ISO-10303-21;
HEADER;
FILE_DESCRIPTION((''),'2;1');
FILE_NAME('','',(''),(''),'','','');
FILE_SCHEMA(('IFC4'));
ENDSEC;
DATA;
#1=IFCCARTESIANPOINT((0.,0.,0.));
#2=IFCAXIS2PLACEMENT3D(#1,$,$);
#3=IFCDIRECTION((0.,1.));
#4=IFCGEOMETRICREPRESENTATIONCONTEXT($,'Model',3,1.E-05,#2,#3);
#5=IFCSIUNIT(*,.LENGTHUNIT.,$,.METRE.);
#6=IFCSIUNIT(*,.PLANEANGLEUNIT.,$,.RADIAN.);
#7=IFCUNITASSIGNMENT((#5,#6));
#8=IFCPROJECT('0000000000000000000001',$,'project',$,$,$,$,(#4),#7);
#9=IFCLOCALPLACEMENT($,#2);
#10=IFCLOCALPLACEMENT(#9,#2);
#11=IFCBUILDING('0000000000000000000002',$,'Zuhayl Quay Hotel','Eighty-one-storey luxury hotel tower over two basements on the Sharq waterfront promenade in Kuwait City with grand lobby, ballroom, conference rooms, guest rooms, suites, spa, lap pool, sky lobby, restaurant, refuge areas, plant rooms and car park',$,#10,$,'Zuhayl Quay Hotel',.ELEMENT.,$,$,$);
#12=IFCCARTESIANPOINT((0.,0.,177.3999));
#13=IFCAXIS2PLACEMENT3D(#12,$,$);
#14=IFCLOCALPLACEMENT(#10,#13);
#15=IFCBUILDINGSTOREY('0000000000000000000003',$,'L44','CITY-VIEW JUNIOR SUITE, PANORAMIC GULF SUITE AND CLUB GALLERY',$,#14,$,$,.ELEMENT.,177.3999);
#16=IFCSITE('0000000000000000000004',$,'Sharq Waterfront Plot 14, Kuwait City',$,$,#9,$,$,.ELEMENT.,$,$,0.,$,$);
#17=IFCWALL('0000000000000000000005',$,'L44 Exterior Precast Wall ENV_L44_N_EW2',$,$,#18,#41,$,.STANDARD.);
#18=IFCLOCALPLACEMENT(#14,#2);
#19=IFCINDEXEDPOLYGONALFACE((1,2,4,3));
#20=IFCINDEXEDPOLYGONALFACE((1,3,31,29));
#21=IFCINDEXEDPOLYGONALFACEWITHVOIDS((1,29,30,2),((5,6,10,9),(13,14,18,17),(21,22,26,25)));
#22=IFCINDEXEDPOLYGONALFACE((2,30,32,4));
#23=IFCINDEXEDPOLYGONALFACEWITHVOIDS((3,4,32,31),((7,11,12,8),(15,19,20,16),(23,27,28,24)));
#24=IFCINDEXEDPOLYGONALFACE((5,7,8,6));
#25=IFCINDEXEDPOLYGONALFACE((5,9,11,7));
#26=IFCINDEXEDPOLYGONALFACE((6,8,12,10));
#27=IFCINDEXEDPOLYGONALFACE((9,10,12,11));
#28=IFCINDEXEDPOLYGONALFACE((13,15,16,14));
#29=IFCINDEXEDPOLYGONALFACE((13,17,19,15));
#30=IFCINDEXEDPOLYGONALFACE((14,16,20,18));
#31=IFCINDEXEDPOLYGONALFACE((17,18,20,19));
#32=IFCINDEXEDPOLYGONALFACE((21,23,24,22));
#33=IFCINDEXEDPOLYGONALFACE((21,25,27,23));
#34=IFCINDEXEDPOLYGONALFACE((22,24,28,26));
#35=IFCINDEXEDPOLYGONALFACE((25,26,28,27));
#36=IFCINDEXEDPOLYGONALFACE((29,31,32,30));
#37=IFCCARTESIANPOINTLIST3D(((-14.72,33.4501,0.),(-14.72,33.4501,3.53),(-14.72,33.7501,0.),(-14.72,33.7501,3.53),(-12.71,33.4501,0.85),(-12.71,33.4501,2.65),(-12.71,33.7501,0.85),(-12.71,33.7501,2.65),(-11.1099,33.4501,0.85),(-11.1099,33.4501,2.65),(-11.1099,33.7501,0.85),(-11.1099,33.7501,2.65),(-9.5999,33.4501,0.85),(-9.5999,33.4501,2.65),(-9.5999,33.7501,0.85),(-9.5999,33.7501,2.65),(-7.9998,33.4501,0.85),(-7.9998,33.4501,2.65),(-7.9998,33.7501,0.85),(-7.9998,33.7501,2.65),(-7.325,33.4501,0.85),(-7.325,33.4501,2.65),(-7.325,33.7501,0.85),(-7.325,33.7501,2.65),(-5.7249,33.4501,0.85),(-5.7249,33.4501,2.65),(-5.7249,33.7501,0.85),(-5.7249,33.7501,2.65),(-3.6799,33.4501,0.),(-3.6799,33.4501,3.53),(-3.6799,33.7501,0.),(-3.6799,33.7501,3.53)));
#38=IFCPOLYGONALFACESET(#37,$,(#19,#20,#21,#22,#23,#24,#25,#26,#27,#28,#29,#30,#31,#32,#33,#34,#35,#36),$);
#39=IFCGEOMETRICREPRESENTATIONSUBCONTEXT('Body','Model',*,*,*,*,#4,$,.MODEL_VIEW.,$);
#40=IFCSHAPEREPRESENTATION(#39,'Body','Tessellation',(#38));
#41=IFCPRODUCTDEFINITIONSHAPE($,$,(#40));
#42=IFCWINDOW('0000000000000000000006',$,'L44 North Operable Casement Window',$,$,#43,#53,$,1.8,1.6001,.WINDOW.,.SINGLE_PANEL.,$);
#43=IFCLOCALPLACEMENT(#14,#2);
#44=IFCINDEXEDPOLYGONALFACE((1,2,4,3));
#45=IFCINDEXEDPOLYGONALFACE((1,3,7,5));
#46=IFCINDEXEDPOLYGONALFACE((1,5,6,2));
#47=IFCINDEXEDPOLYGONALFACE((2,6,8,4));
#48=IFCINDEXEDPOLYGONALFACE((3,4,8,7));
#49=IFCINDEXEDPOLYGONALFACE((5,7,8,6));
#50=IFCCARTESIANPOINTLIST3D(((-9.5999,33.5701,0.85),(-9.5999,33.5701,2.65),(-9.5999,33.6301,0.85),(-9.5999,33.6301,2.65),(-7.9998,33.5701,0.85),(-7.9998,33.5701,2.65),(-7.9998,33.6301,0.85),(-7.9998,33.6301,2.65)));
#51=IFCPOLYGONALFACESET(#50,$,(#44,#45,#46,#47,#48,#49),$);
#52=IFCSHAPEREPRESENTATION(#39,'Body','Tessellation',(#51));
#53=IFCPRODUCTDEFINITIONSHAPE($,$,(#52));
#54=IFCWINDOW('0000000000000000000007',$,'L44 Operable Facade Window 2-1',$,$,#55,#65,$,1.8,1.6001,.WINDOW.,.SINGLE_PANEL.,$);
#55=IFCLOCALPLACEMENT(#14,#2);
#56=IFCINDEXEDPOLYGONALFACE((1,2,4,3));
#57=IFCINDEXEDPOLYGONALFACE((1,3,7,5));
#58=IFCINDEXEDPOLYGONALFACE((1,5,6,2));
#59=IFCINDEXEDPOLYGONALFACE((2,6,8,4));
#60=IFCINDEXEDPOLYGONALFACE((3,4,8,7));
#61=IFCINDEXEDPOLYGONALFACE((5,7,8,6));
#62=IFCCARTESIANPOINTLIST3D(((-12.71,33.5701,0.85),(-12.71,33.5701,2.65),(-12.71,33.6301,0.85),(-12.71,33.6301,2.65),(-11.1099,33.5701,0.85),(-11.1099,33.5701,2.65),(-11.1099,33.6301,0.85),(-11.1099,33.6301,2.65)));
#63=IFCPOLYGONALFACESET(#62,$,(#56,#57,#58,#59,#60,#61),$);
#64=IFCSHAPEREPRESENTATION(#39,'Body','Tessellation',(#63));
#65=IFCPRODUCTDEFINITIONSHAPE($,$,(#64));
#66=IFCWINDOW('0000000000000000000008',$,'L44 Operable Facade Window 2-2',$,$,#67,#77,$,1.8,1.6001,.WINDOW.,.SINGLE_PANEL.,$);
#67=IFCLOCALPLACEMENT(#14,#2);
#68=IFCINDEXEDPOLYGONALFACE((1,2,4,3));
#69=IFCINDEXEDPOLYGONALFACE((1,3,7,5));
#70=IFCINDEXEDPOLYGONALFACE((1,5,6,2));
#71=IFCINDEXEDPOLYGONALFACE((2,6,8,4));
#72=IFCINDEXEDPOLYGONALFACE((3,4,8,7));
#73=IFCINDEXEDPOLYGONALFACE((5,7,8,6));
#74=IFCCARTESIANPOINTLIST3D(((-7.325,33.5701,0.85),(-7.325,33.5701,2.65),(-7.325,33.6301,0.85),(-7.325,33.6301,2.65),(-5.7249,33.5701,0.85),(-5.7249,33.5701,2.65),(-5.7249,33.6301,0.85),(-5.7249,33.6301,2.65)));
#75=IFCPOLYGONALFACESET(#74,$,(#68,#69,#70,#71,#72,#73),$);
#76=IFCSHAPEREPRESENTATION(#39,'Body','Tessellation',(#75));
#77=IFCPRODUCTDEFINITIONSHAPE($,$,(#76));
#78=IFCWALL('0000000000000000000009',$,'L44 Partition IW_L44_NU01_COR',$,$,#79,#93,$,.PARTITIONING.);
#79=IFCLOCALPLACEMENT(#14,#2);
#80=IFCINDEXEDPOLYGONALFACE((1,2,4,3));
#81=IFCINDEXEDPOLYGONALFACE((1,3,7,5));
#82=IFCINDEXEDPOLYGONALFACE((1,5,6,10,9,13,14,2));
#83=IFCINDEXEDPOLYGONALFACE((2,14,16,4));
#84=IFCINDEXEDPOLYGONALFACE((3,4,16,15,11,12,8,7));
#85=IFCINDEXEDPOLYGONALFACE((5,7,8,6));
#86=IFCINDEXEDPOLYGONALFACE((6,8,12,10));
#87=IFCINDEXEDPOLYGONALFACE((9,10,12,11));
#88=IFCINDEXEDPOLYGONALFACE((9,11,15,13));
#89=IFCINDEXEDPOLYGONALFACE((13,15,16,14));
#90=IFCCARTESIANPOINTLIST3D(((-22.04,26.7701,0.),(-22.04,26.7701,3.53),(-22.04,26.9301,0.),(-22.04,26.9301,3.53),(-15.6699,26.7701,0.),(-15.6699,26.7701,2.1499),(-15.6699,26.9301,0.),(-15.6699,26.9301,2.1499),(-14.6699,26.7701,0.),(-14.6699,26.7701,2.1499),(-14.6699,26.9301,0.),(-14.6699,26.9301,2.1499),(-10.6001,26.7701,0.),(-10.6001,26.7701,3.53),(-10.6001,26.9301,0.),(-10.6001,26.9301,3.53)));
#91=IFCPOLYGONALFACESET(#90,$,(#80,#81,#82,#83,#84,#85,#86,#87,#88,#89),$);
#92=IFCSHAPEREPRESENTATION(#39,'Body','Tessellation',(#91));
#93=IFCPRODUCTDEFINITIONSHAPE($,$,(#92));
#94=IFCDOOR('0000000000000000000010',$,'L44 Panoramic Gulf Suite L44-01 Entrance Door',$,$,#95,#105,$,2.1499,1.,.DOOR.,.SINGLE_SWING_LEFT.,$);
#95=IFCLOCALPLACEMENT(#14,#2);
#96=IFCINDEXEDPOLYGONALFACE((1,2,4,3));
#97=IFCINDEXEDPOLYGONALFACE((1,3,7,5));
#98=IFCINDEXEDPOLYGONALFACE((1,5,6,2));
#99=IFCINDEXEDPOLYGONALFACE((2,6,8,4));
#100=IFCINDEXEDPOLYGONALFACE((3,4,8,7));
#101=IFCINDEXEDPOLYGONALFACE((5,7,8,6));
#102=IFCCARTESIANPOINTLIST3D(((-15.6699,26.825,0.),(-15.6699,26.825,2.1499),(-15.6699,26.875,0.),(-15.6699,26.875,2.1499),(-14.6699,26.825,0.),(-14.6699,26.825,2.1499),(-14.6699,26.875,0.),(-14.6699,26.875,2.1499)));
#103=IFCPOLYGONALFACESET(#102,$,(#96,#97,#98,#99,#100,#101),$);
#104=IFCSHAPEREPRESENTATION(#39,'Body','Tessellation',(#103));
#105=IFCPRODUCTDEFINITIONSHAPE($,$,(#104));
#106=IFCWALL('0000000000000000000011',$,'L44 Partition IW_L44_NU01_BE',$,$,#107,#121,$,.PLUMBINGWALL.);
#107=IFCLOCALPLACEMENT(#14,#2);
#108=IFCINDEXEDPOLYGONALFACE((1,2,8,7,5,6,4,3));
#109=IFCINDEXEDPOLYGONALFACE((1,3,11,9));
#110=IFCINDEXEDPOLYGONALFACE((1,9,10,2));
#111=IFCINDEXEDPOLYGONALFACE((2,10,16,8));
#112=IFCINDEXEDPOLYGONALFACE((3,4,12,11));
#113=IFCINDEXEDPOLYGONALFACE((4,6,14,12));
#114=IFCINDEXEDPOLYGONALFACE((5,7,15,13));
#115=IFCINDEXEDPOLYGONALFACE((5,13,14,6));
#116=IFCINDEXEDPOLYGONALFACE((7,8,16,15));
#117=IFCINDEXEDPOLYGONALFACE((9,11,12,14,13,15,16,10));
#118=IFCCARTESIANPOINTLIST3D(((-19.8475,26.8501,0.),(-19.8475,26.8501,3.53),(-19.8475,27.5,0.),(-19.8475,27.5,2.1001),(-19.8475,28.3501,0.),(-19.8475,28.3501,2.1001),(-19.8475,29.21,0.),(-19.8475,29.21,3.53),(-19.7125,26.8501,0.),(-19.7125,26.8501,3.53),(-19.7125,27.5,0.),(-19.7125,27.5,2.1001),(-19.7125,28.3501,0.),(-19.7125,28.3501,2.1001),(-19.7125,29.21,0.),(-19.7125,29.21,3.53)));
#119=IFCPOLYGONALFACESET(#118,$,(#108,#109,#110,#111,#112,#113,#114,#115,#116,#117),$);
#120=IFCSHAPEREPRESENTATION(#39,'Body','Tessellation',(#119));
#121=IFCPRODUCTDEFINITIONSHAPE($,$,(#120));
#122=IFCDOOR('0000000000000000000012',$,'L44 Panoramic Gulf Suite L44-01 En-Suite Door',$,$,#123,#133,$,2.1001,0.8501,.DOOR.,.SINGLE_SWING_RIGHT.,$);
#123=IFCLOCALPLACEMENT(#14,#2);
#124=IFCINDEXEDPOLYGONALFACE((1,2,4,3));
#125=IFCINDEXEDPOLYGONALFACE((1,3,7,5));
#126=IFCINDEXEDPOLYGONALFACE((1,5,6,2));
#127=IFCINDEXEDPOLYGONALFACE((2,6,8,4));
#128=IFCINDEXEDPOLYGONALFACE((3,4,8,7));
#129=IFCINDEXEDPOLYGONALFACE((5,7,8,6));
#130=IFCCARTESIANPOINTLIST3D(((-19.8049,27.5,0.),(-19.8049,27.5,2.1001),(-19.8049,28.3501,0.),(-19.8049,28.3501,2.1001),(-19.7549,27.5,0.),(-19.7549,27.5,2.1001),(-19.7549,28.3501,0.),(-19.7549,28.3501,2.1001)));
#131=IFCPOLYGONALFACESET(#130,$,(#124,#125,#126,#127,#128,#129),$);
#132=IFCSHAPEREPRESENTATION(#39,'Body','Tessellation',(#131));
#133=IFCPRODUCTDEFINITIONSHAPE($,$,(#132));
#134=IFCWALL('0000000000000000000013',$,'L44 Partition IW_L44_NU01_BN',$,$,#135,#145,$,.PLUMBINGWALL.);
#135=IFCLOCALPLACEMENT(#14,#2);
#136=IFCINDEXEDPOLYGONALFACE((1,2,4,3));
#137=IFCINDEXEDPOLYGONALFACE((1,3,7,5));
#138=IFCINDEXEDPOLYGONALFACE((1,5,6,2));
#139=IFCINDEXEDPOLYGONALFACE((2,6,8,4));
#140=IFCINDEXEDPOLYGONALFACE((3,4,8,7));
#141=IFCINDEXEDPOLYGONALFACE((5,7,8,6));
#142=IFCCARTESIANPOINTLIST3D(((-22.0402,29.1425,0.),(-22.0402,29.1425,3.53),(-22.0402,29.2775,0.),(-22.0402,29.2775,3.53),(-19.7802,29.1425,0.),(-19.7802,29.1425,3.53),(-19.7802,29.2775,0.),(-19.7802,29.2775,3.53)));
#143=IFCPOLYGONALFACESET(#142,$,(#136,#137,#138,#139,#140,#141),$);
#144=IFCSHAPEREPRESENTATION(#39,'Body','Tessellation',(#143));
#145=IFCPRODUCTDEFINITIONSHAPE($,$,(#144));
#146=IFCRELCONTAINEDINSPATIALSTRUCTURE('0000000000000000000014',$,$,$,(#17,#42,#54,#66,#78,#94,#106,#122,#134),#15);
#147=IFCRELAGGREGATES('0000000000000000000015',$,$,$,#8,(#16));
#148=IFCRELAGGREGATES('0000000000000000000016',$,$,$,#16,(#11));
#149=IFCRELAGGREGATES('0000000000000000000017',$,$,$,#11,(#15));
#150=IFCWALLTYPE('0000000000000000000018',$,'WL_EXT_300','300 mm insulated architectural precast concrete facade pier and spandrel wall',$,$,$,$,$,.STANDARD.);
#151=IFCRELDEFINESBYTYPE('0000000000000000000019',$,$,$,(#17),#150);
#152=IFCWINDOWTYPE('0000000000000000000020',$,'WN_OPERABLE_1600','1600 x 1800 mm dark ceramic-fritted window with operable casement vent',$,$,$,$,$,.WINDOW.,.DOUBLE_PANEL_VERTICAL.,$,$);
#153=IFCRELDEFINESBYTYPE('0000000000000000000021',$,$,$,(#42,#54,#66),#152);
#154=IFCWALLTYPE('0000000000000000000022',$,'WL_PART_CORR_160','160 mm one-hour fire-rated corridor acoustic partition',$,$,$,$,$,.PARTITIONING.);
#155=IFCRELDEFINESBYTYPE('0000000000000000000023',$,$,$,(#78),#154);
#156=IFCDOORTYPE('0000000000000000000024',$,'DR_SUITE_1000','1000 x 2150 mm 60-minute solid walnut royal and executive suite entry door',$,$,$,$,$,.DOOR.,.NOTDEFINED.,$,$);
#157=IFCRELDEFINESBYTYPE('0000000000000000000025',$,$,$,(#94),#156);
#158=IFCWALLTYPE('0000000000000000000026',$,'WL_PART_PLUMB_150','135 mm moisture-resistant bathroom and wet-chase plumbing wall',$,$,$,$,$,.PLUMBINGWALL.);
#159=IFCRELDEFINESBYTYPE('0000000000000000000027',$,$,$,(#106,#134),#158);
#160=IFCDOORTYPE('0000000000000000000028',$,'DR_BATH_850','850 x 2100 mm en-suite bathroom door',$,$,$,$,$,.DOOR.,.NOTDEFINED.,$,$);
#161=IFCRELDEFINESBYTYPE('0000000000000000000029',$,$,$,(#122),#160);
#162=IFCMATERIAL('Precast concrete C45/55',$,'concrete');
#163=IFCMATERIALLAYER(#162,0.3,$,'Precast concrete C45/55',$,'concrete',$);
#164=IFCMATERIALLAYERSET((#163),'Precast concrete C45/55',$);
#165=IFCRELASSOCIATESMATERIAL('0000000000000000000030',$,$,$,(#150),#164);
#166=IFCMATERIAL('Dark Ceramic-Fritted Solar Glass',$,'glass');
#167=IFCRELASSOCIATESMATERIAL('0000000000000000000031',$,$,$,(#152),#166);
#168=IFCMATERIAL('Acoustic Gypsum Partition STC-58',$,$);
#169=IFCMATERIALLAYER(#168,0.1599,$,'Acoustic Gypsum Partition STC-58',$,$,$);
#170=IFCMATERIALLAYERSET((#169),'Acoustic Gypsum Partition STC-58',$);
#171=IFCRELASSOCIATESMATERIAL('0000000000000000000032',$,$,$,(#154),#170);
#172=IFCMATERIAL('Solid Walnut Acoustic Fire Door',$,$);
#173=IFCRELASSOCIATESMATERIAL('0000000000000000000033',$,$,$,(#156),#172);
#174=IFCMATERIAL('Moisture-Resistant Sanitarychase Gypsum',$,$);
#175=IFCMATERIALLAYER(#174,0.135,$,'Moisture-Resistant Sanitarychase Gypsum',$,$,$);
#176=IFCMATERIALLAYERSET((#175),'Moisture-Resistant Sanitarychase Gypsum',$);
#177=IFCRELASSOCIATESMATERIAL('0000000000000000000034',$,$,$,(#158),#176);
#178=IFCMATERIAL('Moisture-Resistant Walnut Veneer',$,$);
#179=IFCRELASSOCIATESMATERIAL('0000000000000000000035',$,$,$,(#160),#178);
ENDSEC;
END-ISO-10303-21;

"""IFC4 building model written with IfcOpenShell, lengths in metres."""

from ifc_helpers import new_model, si_unit, direction, frame, frame_2d, origin, place, context, subcontext, project, spatial, rectangle, extrude, material, layer, layer_set, type_object, element, fill, save


model = new_model("IFC4")

# Units and contexts
model_context = context("Model", 3, precision=1e-05, world=origin(), true_north=direction((0.0, 1.0)))
body_context = subcontext(model_context, "Body", "Model", "MODEL_VIEW")
ifc_project = project(units=[si_unit("LENGTHUNIT", "METRE"), si_unit("PLANEANGLEUNIT", "RADIAN")], contexts=[model_context])

# Site, building, storey
site_placement = place(None, origin())
site = spatial("IfcSite", under=ifc_project, at=site_placement, Name="Sharq Waterfront Plot 14, Kuwait City", CompositionType="ELEMENT", RefElevation=0.0)
building_placement = place(site_placement, origin())
building = spatial("IfcBuilding", under=site, at=building_placement, Name="Zuhayl Quay Hotel", Description="Eighty-one-storey luxury hotel tower over two basements on the Sharq waterfront promenade in Kuwait City with grand lobby, ballroom, conference rooms, guest rooms, suites, spa, lap pool, sky lobby, restaurant, refuge areas, plant rooms and car park", LongName="Zuhayl Quay Hotel", CompositionType="ELEMENT")
storey_placement = place(building_placement, frame((0.0, 0.0, 177.3999)))
storey = spatial("IfcBuildingStorey", under=building, at=storey_placement, Name="L44", Description="CITY-VIEW JUNIOR SUITE, PANORAMIC GULF SUITE AND CLUB GALLERY", CompositionType="ELEMENT", Elevation=177.3999)

# Shared definitions
ifc_material_1 = material(Name="Dark Ceramic-Fritted Solar Glass", Category="glass")

# Shared definitions
ifc_material_2 = material(Name="Precast concrete C45/55", Category="concrete")
ifc_layer_1 = layer(ifc_material_2, 0.3, Name="Precast concrete C45/55", Category="concrete")
ifc_layer_set_1 = layer_set([ifc_layer_1], Name="Precast concrete C45/55")
wall_type_1 = type_object("IfcWallType", Name="WL_EXT_300", Description="300 mm insulated architectural precast concrete facade pier and spandrel wall", PredefinedType="STANDARD", material=ifc_layer_set_1)

# Wall, openings, windows
wall_1_placement = place(storey_placement, frame((-14.72, 33.6001, 0.0), z_axis=(0.0, 0.0, 1.0), x_axis=(1.0, 0.0, 0.0)))
wall_1 = element("IfcWall", 1, at=wall_1_placement, inside=storey, type_object=wall_type_1, Name="L44 Exterior Precast Wall ENV_L44_N_EW2", PredefinedType="STANDARD", context=body_context, shape_type="SweptSolid", body=[
    extrude(rectangle(XDim=11.04, YDim=0.3, at=frame_2d((5.52, 0.0))), origin(), (0.0, 0.0, 1.0), 3.53),
])
opening_1_placement = place(wall_1_placement, frame((5.1201, 0.0, 0.8501)))
opening_1 = element("IfcOpeningElement", 2, at=opening_1_placement, cuts=wall_1, PredefinedType="OPENING", context=body_context, shape_type="SweptSolid", body=[
    extrude(rectangle(XDim=1.6001, YDim=1.8, at=frame_2d((0.8, 0.8999))), frame((0.0, 0.1599, 0.0), z_axis=(0.0, -1.0, 0.0), x_axis=(1.0, 0.0, 0.0)), (0.0, 0.0, 1.0), 0.3201),
])
opening_2_placement = place(wall_1_placement, frame((2.01, 0.0, 0.8501)))
opening_2 = element("IfcOpeningElement", 3, at=opening_2_placement, cuts=wall_1, PredefinedType="OPENING", context=body_context, shape_type="SweptSolid", body=[
    extrude(rectangle(XDim=1.6001, YDim=1.8, at=frame_2d((0.8, 0.8999))), frame((0.0, 0.1599, 0.0), z_axis=(0.0, -1.0, 0.0), x_axis=(1.0, 0.0, 0.0)), (0.0, 0.0, 1.0), 0.3201),
])
opening_3_placement = place(wall_1_placement, frame((7.395, 0.0, 0.8501)))
opening_3 = element("IfcOpeningElement", 4, at=opening_3_placement, cuts=wall_1, PredefinedType="OPENING", context=body_context, shape_type="SweptSolid", body=[
    extrude(rectangle(XDim=1.6001, YDim=1.8, at=frame_2d((0.8, 0.8999))), frame((0.0, 0.1599, 0.0), z_axis=(0.0, -1.0, 0.0), x_axis=(1.0, 0.0, 0.0)), (0.0, 0.0, 1.0), 0.3201),
])
window_type_1 = type_object("IfcWindowType", Name="WN_OPERABLE_1600", Description="1600 x 1800 mm dark ceramic-fritted window with operable casement vent", PartitioningType="DOUBLE_PANEL_VERTICAL", PredefinedType="WINDOW", material=ifc_material_1)
window_1_placement = place(opening_1_placement, origin())
window_1 = element("IfcWindow", 5, at=window_1_placement, inside=storey, type_object=window_type_1, Name="L44 North Operable Casement Window", OverallHeight=1.8, OverallWidth=1.6001, PartitioningType="SINGLE_PANEL", PredefinedType="WINDOW", context=body_context, shape_type="SweptSolid", body=[
    extrude(rectangle(XDim=1.6001, YDim=1.8, at=frame_2d((0.8, 0.8999))), frame((0.0, 0.03, 0.0), z_axis=(0.0, -1.0, 0.0), x_axis=(1.0, 0.0, 0.0)), (0.0, 0.0, 1.0), 0.0601),
])
fill(opening_1, window_1)
window_2_placement = place(opening_2_placement, origin())
window_2 = element("IfcWindow", 6, at=window_2_placement, inside=storey, type_object=window_type_1, Name="L44 Operable Facade Window 2-1", OverallHeight=1.8, OverallWidth=1.6001, PartitioningType="SINGLE_PANEL", PredefinedType="WINDOW", context=body_context, shape_type="SweptSolid", body=[
    extrude(rectangle(XDim=1.6001, YDim=1.8, at=frame_2d((0.8, 0.8999))), frame((0.0, 0.03, 0.0), z_axis=(0.0, -1.0, 0.0), x_axis=(1.0, 0.0, 0.0)), (0.0, 0.0, 1.0), 0.0601),
])
fill(opening_2, window_2)
window_3_placement = place(opening_3_placement, origin())
window_3 = element("IfcWindow", 7, at=window_3_placement, inside=storey, type_object=window_type_1, Name="L44 Operable Facade Window 2-2", OverallHeight=1.8, OverallWidth=1.6001, PartitioningType="SINGLE_PANEL", PredefinedType="WINDOW", context=body_context, shape_type="SweptSolid", body=[
    extrude(rectangle(XDim=1.6001, YDim=1.8, at=frame_2d((0.8, 0.8999))), frame((0.0, 0.03, 0.0), z_axis=(0.0, -1.0, 0.0), x_axis=(1.0, 0.0, 0.0)), (0.0, 0.0, 1.0), 0.0601),
])
fill(opening_3, window_3)

# Walls, openings, doors
ifc_material_3 = material(Name="Acoustic Gypsum Partition STC-58")
ifc_layer_2 = layer(ifc_material_3, 0.1599, Name="Acoustic Gypsum Partition STC-58")
ifc_layer_set_2 = layer_set([ifc_layer_2], Name="Acoustic Gypsum Partition STC-58")
wall_type_2 = type_object("IfcWallType", Name="WL_PART_CORR_160", Description="160 mm one-hour fire-rated corridor acoustic partition", PredefinedType="PARTITIONING", material=ifc_layer_set_2)
wall_2_placement = place(storey_placement, frame((-22.04, 26.8501, 0.0), z_axis=(0.0, 0.0, 1.0), x_axis=(1.0, 0.0, 0.0)))
wall_2 = element("IfcWall", 8, at=wall_2_placement, inside=storey, type_object=wall_type_2, Name="L44 Partition IW_L44_NU01_COR", PredefinedType="PARTITIONING", context=body_context, shape_type="SweptSolid", body=[
    extrude(rectangle(XDim=11.4399, YDim=0.1599, at=frame_2d((5.72, 0.0))), origin(), (0.0, 0.0, 1.0), 3.53),
])
opening_4_placement = place(wall_2_placement, frame((6.3701, 0.0, 0.0)))
opening_4 = element("IfcOpeningElement", 9, at=opening_4_placement, cuts=wall_2, PredefinedType="OPENING", context=body_context, shape_type="SweptSolid", body=[
    extrude(rectangle(XDim=1.0, YDim=2.1499, at=frame_2d((0.5, 1.075))), frame((0.0, 0.0898, 0.0), z_axis=(0.0, -1.0, 0.0), x_axis=(1.0, 0.0, 0.0)), (0.0, 0.0, 1.0), 0.1799),
])
ifc_material_4 = material(Name="Solid Walnut Acoustic Fire Door")
door_type_1 = type_object("IfcDoorType", Name="DR_SUITE_1000", Description="1000 x 2150 mm 60-minute solid walnut royal and executive suite entry door", OperationType="NOTDEFINED", PredefinedType="DOOR", material=ifc_material_4)
door_1_placement = place(opening_4_placement, origin())
door_1 = element("IfcDoor", 10, at=door_1_placement, inside=storey, type_object=door_type_1, Name="L44 Panoramic Gulf Suite L44-01 Entrance Door", OperationType="SINGLE_SWING_LEFT", OverallHeight=2.1499, OverallWidth=1.0, PredefinedType="DOOR", context=body_context, shape_type="SweptSolid", body=[
    extrude(rectangle(XDim=1.0, YDim=2.1499, at=frame_2d((0.5, 1.075))), frame((0.0, 0.0249, 0.0), z_axis=(0.0, -1.0, 0.0), x_axis=(1.0, 0.0, 0.0)), (0.0, 0.0, 1.0), 0.05),
])
fill(opening_4, door_1)
ifc_material_5 = material(Name="Moisture-Resistant Sanitarychase Gypsum")
ifc_layer_3 = layer(ifc_material_5, 0.135, Name="Moisture-Resistant Sanitarychase Gypsum")
ifc_layer_set_3 = layer_set([ifc_layer_3], Name="Moisture-Resistant Sanitarychase Gypsum")
wall_type_3 = type_object("IfcWallType", Name="WL_PART_PLUMB_150", Description="135 mm moisture-resistant bathroom and wet-chase plumbing wall", PredefinedType="PLUMBINGWALL", material=ifc_layer_set_3)
wall_3_placement = place(storey_placement, frame((-19.78, 26.8501, 0.0), z_axis=(0.0, 0.0, 1.0), x_axis=(0.0, 1.0, 0.0)))
wall_3 = element("IfcWall", 11, at=wall_3_placement, inside=storey, type_object=wall_type_3, Name="L44 Partition IW_L44_NU01_BE", PredefinedType="PLUMBINGWALL", context=body_context, shape_type="SweptSolid", body=[
    extrude(rectangle(XDim=2.3599, YDim=0.135, at=frame_2d((1.1799, 0.0))), origin(), (0.0, 0.0, 1.0), 3.53),
])
opening_5_placement = place(wall_3_placement, frame((0.6499, 0.0, 0.0)))
opening_5 = element("IfcOpeningElement", 12, at=opening_5_placement, cuts=wall_3, PredefinedType="OPENING", context=body_context, shape_type="SweptSolid", body=[
    extrude(rectangle(XDim=0.8501, YDim=2.1001, at=frame_2d((0.425, 1.05))), frame((0.0, 0.0774, 0.0), z_axis=(0.0, -1.0, 0.0), x_axis=(1.0, 0.0, 0.0)), (0.0, 0.0, 1.0), 0.155),
])
ifc_material_6 = material(Name="Moisture-Resistant Walnut Veneer")
door_type_2 = type_object("IfcDoorType", Name="DR_BATH_850", Description="850 x 2100 mm en-suite bathroom door", OperationType="NOTDEFINED", PredefinedType="DOOR", material=ifc_material_6)
door_2_placement = place(opening_5_placement, origin())
door_2 = element("IfcDoor", 13, at=door_2_placement, inside=storey, type_object=door_type_2, Name="L44 Panoramic Gulf Suite L44-01 En-Suite Door", OperationType="SINGLE_SWING_RIGHT", OverallHeight=2.1001, OverallWidth=0.8501, PredefinedType="DOOR", context=body_context, shape_type="SweptSolid", body=[
    extrude(rectangle(XDim=0.8501, YDim=2.1001, at=frame_2d((0.425, 1.05))), frame((0.0, 0.0249, 0.0), z_axis=(0.0, -1.0, 0.0), x_axis=(1.0, 0.0, 0.0)), (0.0, 0.0, 1.0), 0.05),
])
fill(opening_5, door_2)

# Wall
wall_4_placement = place(storey_placement, frame((-22.04, 29.21, 0.0), z_axis=(0.0, 0.0, 1.0), x_axis=(1.0, 0.0, 0.0)))
element("IfcWall", 14, at=wall_4_placement, inside=storey, type_object=wall_type_3, Name="L44 Partition IW_L44_NU01_BN", PredefinedType="PLUMBINGWALL", context=body_context, shape_type="SweptSolid", body=[
    extrude(rectangle(XDim=2.26, YDim=0.135, at=frame_2d((1.1299, 0.0))), origin(), (0.0, 0.0, 1.0), 3.53),
])

save(model, "model.ifc")
